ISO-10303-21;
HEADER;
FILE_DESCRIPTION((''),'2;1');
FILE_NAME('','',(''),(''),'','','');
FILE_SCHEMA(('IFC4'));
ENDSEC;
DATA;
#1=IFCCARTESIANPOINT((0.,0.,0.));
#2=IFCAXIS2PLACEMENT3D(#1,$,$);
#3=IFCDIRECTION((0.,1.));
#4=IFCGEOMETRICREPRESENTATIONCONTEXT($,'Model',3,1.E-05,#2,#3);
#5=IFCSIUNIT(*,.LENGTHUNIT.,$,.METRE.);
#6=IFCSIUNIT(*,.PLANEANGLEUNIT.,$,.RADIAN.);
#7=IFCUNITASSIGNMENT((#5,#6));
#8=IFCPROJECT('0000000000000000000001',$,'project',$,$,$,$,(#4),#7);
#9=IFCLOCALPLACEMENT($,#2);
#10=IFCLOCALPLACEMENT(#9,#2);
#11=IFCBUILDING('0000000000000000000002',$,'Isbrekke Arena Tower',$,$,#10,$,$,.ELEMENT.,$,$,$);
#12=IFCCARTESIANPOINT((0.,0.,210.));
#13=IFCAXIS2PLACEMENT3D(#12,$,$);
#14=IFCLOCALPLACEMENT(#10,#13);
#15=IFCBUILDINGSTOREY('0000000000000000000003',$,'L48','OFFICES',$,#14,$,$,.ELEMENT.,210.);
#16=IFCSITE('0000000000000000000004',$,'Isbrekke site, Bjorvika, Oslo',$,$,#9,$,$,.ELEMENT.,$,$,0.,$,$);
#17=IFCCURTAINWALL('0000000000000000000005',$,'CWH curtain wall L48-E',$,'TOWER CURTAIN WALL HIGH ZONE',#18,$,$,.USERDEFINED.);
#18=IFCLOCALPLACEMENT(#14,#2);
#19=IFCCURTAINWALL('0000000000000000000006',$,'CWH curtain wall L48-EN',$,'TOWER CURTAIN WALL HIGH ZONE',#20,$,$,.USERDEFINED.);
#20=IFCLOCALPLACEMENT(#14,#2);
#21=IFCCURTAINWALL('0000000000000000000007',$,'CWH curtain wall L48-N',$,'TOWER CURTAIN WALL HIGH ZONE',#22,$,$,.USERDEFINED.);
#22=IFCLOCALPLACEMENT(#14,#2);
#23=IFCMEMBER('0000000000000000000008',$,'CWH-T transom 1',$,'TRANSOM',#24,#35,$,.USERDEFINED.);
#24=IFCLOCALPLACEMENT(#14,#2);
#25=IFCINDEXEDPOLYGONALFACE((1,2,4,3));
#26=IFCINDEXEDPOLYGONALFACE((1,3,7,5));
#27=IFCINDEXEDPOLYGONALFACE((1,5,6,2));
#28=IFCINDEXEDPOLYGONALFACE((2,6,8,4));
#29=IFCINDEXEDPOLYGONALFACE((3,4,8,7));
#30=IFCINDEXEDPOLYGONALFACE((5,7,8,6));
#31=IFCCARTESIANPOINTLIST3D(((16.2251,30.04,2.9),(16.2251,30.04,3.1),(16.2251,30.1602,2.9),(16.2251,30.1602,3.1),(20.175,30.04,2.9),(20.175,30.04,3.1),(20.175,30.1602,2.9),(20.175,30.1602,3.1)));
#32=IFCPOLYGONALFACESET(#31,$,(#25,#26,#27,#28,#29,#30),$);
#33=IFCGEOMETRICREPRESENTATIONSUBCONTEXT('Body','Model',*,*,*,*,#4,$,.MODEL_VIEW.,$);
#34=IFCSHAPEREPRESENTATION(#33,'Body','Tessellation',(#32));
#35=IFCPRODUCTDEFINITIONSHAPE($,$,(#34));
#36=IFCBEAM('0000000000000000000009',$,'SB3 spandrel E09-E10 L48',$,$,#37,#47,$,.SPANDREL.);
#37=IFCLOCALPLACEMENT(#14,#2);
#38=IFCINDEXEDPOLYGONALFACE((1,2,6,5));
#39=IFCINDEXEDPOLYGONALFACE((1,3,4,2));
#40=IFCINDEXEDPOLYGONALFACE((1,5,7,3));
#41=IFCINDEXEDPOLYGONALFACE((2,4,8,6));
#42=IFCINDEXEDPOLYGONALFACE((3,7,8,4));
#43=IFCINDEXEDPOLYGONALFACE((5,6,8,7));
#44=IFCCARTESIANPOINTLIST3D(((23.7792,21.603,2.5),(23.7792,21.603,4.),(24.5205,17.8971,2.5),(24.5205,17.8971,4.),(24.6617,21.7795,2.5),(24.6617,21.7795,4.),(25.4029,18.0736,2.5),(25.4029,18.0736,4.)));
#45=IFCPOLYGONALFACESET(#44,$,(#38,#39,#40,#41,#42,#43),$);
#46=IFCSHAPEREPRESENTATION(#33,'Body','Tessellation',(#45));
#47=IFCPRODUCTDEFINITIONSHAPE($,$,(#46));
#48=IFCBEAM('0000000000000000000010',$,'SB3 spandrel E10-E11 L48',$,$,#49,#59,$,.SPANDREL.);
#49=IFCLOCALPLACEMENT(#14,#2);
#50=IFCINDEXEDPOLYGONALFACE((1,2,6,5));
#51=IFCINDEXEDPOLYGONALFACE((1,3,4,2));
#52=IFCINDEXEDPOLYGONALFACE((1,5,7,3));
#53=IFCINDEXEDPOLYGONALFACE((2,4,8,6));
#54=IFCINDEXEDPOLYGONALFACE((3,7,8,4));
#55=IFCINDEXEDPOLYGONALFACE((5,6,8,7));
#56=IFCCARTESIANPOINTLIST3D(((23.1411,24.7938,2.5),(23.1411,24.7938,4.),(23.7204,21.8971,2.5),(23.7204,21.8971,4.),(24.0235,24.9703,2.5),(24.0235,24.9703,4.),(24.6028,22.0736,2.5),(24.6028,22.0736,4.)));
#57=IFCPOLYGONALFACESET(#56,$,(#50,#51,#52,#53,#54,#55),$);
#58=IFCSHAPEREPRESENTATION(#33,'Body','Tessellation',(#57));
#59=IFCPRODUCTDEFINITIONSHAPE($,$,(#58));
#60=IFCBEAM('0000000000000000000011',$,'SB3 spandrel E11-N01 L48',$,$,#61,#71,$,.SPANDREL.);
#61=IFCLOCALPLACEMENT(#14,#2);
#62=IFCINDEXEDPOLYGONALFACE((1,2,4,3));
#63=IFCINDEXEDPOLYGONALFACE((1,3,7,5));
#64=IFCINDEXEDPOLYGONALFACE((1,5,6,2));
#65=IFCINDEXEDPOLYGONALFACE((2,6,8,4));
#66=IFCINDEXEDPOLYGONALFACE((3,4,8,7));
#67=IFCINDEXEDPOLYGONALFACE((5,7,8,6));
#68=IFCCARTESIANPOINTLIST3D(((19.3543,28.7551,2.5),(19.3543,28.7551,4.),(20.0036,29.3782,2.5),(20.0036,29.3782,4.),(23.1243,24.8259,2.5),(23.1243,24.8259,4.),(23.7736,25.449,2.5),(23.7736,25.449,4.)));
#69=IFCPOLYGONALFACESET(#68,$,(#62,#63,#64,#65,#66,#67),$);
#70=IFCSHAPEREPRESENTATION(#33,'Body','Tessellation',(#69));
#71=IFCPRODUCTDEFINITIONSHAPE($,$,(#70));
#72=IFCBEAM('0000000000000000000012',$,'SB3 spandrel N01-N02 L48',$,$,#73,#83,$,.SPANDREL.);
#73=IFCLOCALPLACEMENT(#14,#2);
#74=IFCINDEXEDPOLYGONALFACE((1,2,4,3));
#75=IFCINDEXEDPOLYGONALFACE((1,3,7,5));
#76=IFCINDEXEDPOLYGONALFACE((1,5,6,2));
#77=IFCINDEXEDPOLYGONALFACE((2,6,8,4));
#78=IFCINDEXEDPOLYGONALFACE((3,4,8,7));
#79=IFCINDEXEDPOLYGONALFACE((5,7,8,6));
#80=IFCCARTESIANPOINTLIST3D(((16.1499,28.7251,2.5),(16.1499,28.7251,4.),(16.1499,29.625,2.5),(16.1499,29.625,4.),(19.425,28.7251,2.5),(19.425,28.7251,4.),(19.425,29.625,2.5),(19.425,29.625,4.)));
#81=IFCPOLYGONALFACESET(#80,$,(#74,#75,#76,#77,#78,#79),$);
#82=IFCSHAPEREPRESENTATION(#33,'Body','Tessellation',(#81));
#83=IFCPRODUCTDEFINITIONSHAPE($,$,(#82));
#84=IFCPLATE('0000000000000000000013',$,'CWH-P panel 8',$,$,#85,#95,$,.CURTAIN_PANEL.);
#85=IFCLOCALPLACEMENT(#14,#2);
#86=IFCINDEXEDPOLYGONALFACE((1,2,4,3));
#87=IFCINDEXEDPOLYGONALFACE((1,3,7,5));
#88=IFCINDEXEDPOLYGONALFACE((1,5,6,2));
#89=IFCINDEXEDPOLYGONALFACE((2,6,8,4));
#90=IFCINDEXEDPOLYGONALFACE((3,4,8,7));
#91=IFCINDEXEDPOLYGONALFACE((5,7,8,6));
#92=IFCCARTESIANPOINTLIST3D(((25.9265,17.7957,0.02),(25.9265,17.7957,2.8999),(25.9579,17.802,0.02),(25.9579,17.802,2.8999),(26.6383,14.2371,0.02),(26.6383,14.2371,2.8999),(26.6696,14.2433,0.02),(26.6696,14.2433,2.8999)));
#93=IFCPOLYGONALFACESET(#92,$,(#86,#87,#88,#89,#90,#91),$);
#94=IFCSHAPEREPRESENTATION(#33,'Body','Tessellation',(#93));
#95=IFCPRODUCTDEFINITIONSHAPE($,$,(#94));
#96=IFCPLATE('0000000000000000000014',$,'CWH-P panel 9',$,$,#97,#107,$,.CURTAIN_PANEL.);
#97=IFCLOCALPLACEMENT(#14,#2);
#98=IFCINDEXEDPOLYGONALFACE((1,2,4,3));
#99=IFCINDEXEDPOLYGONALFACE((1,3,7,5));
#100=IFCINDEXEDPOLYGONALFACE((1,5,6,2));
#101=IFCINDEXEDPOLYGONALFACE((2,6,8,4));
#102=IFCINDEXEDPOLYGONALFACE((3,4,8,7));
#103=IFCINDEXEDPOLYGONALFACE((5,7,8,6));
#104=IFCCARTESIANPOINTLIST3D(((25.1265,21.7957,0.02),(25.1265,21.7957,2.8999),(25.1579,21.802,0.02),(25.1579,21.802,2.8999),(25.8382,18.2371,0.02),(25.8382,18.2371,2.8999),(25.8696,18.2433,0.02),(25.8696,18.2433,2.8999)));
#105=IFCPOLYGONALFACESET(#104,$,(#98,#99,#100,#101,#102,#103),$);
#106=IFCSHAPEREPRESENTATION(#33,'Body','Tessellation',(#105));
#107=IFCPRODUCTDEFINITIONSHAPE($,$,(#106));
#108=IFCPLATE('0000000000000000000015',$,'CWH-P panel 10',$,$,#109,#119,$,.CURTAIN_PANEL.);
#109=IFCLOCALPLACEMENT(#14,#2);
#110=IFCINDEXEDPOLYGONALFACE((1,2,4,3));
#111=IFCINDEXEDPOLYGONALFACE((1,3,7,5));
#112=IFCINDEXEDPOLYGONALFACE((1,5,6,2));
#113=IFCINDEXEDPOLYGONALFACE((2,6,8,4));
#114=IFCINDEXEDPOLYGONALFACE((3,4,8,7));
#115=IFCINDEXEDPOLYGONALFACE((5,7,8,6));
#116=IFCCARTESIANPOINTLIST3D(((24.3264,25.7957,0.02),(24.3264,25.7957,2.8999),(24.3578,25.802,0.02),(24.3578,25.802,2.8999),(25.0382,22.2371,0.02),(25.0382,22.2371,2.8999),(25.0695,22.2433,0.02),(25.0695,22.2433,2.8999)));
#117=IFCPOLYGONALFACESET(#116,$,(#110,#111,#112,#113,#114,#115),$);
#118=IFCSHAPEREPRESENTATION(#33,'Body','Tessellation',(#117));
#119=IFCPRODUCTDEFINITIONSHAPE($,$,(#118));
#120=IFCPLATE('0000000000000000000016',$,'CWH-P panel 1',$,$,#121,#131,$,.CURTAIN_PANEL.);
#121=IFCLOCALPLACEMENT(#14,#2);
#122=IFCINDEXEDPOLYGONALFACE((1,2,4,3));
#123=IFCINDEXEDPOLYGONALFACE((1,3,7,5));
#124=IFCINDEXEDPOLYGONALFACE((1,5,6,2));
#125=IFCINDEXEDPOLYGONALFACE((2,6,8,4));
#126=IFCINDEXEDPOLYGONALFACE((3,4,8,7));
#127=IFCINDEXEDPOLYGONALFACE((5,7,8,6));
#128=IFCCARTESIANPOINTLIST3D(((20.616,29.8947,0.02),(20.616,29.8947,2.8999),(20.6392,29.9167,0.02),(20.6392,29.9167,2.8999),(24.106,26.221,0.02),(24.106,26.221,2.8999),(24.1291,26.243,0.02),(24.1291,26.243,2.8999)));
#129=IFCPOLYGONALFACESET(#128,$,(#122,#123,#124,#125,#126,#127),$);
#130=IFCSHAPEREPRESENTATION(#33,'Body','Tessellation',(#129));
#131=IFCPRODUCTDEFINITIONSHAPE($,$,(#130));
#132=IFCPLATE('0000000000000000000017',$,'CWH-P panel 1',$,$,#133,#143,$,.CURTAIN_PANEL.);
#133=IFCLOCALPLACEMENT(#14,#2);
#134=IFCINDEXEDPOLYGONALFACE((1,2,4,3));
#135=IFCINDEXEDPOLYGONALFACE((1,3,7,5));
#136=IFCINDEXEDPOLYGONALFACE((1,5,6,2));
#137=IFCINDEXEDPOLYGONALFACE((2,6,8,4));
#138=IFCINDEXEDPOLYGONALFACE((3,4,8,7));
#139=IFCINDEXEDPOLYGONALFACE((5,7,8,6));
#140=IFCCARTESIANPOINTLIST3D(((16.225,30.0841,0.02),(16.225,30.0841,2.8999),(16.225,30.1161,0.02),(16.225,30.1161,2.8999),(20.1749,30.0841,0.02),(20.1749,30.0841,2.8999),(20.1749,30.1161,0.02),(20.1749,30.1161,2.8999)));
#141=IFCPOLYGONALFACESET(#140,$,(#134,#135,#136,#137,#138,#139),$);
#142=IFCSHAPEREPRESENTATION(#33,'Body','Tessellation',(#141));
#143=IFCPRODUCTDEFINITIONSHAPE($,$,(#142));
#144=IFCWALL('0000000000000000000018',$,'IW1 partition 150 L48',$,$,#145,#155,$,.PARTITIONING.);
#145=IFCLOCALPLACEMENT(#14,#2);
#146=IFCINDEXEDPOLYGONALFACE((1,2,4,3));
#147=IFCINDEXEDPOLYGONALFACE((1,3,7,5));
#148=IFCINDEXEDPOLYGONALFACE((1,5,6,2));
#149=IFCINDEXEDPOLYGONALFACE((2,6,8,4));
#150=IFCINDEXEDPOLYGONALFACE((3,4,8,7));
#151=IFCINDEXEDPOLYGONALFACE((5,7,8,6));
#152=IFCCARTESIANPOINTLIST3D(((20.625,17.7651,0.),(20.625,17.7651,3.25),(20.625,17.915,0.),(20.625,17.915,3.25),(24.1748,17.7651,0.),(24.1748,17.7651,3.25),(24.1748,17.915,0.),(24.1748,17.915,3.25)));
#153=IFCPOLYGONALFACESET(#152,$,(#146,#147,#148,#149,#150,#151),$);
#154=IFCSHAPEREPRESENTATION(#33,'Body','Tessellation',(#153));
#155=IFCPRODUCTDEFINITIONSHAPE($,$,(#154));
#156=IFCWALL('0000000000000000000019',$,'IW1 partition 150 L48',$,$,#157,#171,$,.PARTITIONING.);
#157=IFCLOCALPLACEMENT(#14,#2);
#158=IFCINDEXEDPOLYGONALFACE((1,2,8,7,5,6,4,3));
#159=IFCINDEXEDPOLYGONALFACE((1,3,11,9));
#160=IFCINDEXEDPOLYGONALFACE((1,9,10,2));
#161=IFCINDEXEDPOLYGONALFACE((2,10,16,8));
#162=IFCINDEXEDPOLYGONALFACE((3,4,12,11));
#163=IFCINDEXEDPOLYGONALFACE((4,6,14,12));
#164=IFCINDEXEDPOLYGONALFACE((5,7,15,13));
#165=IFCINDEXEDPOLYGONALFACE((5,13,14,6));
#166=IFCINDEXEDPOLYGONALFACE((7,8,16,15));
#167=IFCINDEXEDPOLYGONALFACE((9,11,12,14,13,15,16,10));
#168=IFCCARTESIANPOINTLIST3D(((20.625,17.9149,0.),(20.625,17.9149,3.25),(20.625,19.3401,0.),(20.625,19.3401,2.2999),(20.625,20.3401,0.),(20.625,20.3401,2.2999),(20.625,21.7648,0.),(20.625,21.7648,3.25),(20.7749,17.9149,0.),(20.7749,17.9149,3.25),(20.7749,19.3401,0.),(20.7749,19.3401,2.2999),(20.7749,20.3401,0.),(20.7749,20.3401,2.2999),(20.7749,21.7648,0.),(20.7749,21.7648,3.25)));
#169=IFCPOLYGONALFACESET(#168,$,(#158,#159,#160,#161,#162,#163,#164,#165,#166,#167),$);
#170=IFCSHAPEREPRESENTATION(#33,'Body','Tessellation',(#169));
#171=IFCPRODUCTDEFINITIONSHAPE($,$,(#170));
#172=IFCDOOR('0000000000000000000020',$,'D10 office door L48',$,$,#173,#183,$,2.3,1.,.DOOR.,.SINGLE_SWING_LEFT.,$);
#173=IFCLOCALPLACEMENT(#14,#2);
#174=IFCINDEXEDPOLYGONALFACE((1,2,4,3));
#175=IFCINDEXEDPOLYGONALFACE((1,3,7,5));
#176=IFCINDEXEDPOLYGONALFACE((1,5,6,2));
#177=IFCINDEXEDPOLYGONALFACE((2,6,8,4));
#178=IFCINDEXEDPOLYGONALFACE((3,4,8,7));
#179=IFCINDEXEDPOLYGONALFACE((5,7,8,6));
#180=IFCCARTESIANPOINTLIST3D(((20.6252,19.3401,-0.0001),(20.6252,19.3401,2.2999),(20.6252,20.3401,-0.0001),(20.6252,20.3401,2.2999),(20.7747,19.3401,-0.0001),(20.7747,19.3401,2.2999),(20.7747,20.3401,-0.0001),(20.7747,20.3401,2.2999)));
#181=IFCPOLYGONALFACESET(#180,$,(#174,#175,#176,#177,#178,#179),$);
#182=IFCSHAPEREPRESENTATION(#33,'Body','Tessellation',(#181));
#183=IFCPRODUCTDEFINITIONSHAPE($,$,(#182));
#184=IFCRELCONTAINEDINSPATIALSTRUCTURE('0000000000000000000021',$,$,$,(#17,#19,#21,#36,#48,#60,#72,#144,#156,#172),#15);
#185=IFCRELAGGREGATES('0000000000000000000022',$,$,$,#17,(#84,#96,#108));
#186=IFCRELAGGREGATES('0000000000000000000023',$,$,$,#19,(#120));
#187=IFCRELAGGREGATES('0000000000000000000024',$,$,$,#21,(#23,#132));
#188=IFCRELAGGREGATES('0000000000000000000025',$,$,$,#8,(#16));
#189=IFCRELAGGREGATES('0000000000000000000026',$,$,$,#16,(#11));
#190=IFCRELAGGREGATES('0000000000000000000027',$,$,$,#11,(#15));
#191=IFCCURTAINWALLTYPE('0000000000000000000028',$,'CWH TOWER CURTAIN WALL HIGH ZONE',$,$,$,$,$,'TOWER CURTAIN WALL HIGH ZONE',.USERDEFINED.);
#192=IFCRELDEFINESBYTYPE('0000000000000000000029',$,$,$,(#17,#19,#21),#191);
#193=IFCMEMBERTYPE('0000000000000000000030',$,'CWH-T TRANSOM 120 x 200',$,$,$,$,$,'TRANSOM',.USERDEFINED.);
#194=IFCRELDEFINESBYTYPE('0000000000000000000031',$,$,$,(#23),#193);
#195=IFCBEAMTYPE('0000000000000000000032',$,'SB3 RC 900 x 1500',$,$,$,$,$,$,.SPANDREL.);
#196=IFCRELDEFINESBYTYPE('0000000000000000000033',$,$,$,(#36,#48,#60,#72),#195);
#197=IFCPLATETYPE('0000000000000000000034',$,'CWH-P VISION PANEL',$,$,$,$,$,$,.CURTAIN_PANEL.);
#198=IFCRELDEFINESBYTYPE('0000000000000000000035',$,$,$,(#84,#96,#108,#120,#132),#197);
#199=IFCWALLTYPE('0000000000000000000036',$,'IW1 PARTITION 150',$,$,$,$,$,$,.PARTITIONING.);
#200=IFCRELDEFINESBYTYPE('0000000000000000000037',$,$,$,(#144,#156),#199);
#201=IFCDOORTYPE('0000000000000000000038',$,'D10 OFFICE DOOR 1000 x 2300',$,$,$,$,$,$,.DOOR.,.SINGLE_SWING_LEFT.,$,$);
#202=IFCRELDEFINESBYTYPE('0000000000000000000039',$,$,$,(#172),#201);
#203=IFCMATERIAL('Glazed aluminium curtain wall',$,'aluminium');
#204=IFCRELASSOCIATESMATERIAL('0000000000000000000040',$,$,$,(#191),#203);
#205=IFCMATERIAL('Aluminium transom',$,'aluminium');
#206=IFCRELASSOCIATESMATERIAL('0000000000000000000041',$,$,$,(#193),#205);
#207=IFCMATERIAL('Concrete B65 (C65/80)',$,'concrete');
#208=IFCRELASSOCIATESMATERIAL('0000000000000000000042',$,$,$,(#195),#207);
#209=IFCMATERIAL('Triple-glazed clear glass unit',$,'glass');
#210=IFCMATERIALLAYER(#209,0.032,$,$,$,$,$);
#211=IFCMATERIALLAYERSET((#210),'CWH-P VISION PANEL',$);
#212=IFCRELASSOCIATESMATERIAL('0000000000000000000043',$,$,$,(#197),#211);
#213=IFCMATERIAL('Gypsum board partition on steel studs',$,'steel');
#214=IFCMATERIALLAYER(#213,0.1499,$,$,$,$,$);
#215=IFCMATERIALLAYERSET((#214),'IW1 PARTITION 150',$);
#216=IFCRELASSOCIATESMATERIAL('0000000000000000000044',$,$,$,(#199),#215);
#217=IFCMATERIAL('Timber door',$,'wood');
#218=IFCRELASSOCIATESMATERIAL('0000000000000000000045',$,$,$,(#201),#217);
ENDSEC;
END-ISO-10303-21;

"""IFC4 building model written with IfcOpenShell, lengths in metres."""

from ifc_helpers import new_model, si_unit, direction, frame, frame_2d, origin, origin_2d, place, context, subcontext, project, spatial, rectangle, extrude, material, layer, layer_set, material_profile, profile_set, type_object, element, fill, aggregate, save


model = new_model("IFC4")

# Units and contexts
model_context = context("Model", 3, precision=1e-05, world=origin(), true_north=direction((0.0, 1.0)))
body_context = subcontext(model_context, "Body", "Model", "MODEL_VIEW")
ifc_project = project(units=[si_unit("LENGTHUNIT", "METRE"), si_unit("PLANEANGLEUNIT", "RADIAN")], contexts=[model_context])

# Site, building, storey
site_placement = place(None, origin())
site = spatial("IfcSite", under=ifc_project, at=site_placement, Name="Isbrekke site, Bjorvika, Oslo", CompositionType="ELEMENT", RefElevation=0.0)
building_placement = place(site_placement, origin())
building = spatial("IfcBuilding", under=site, at=building_placement, Name="Isbrekke Arena Tower", CompositionType="ELEMENT")
storey_placement = place(building_placement, frame((0.0, 0.0, 210.0)))
storey = spatial("IfcBuildingStorey", under=building, at=storey_placement, Name="L48", Description="OFFICES", CompositionType="ELEMENT", Elevation=210.0)

# Curtain wall
ifc_material_1 = material(Name="Glazed aluminium curtain wall", Category="aluminium")
curtain_wall_type = type_object("IfcCurtainWallType", Name="CWH TOWER CURTAIN WALL HIGH ZONE", ElementType="TOWER CURTAIN WALL HIGH ZONE", PredefinedType="USERDEFINED", material=ifc_material_1)
curtain_wall_1_placement = place(storey_placement, origin())
curtain_wall_1 = element("IfcCurtainWall", 1, at=curtain_wall_1_placement, inside=storey, type_object=curtain_wall_type, Name="CWH curtain wall L48-E", ObjectType="TOWER CURTAIN WALL HIGH ZONE", PredefinedType="USERDEFINED")

# Curtain wall
curtain_wall_2_placement = place(storey_placement, origin())
curtain_wall_2 = element("IfcCurtainWall", 2, at=curtain_wall_2_placement, inside=storey, type_object=curtain_wall_type, Name="CWH curtain wall L48-EN", ObjectType="TOWER CURTAIN WALL HIGH ZONE", PredefinedType="USERDEFINED")

# Shared definitions
ifc_material_2 = material(Name="Aluminium transom", Category="aluminium")
ifc_material_profile_1 = material_profile(ifc_material_2, rectangle(XDim=0.1201, YDim=0.2, at=origin_2d()), Name="TRANSOM 120X200")
ifc_profile_set_1 = profile_set([ifc_material_profile_1], Name="Aluminium transom")
member_type_1 = type_object("IfcMemberType", Name="CWH-T TRANSOM 120 x 200", ElementType="TRANSOM", PredefinedType="USERDEFINED", material=ifc_profile_set_1)

# Curtain wall, member
curtain_wall_3_placement = place(storey_placement, origin())
curtain_wall_3 = element("IfcCurtainWall", 3, at=curtain_wall_3_placement, inside=storey, type_object=curtain_wall_type, Name="CWH curtain wall L48-N", ObjectType="TOWER CURTAIN WALL HIGH ZONE", PredefinedType="USERDEFINED")
member_1_placement = place(storey_placement, frame((20.175, 30.1001, 3.0), z_axis=(-1.0, 0.0, 0.0), x_axis=(0.0, -1.0, 0.0)))
member_1 = element("IfcMember", 4, at=member_1_placement, type_object=member_type_1, Name="CWH-T transom 1", ObjectType="TRANSOM", PredefinedType="USERDEFINED", context=body_context, shape_type="SweptSolid", body=[
    extrude(rectangle(XDim=0.1201, YDim=0.2, at=origin_2d()), origin(), (0.0, 0.0, 1.0), 3.95),
])

# Beams
ifc_material_3 = material(Name="Concrete B65 (C65/80)", Category="concrete")
ifc_material_profile_2 = material_profile(ifc_material_3, rectangle(XDim=0.8999, YDim=1.5, at=origin_2d()), Name="RC 900x1500")
ifc_profile_set_2 = profile_set([ifc_material_profile_2], Name="Concrete B65 (C65/80)")
beam_type_1 = type_object("IfcBeamType", Name="SB3 RC 900 x 1500", PredefinedType="SPANDREL", material=ifc_profile_set_2)
beam_1_placement = place(storey_placement, frame((24.9617, 17.9854, 3.25), z_axis=(-0.196129, 0.980578, 0.0), x_axis=(-0.980578, -0.196129, 0.0)))
element("IfcBeam", 5, at=beam_1_placement, inside=storey, type_object=beam_type_1, Name="SB3 spandrel E09-E10 L48", PredefinedType="SPANDREL", context=body_context, shape_type="SweptSolid", body=[
    extrude(rectangle(XDim=0.8999, YDim=1.5, at=origin_2d()), origin(), (0.0, 0.0, 1.0), 3.7793),
])
beam_2_placement = place(storey_placement, frame((24.1616, 21.9854, 3.25), z_axis=(-0.196116, 0.980581, 0.0), x_axis=(-0.980581, -0.196116, 0.0)))
element("IfcBeam", 6, at=beam_2_placement, inside=storey, type_object=beam_type_1, Name="SB3 spandrel E10-E11 L48", PredefinedType="SPANDREL", context=body_context, shape_type="SweptSolid", body=[
    extrude(rectangle(XDim=0.8999, YDim=1.5, at=origin_2d()), origin(), (0.0, 0.0, 1.0), 2.9541),
])
beam_3_placement = place(storey_placement, frame((23.449, 25.1375, 3.25), z_axis=(-0.69234, 0.721572, 0.0), x_axis=(-0.721572, -0.69234, 0.0)))
element("IfcBeam", 7, at=beam_3_placement, inside=storey, type_object=beam_type_1, Name="SB3 spandrel E11-N01 L48", PredefinedType="SPANDREL", context=body_context, shape_type="SweptSolid", body=[
    extrude(rectangle(XDim=0.8999, YDim=1.5, at=origin_2d()), origin(), (0.0, 0.0, 1.0), 5.4453),
])
beam_4_placement = place(storey_placement, frame((19.425, 29.175, 3.25), z_axis=(-1.0, 0.0, 0.0), x_axis=(0.0, -1.0, 0.0)))
element("IfcBeam", 8, at=beam_4_placement, inside=storey, type_object=beam_type_1, Name="SB3 spandrel N01-N02 L48", PredefinedType="SPANDREL", context=body_context, shape_type="SweptSolid", body=[
    extrude(rectangle(XDim=0.8999, YDim=1.5, at=origin_2d()), origin(), (0.0, 0.0, 1.0), 3.2751),
])

# Plates
ifc_material_4 = material(Name="Triple-glazed clear glass unit", Category="glass")
ifc_layer_1 = layer(ifc_material_4, 0.032)
ifc_layer_set_1 = layer_set([ifc_layer_1], Name="CWH-P VISION PANEL")
plate_type = type_object("IfcPlateType", Name="CWH-P VISION PANEL", PredefinedType="CURTAIN_PANEL", material=ifc_layer_set_1)
plate_1_placement = place(storey_placement, frame((26.2981, 16.0195, 0.02), z_axis=(0.0, 0.0, 1.0), x_axis=(-0.196116, 0.980581, 0.0)))
plate_1 = element("IfcPlate", 9, at=plate_1_placement, type_object=plate_type, Name="CWH-P panel 8", PredefinedType="CURTAIN_PANEL", context=body_context, shape_type="SweptSolid", body=[
    extrude(rectangle(XDim=3.6292, YDim=0.032, at=origin_2d()), origin(), (0.0, 0.0, 1.0), 2.8799),
])
plate_2_placement = place(storey_placement, frame((25.498, 20.0195, 0.02), z_axis=(0.0, 0.0, 1.0), x_axis=(-0.196116, 0.980581, 0.0)))
plate_2 = element("IfcPlate", 10, at=plate_2_placement, type_object=plate_type, Name="CWH-P panel 9", PredefinedType="CURTAIN_PANEL", context=body_context, shape_type="SweptSolid", body=[
    extrude(rectangle(XDim=3.6292, YDim=0.032, at=origin_2d()), origin(), (0.0, 0.0, 1.0), 2.8799),
])
plate_3_placement = place(storey_placement, frame((24.698, 24.0195, 0.02), z_axis=(0.0, 0.0, 1.0), x_axis=(-0.196116, 0.980581, 0.0)))
plate_3 = element("IfcPlate", 11, at=plate_3_placement, type_object=plate_type, Name="CWH-P panel 10", PredefinedType="CURTAIN_PANEL", context=body_context, shape_type="SweptSolid", body=[
    extrude(rectangle(XDim=3.6292, YDim=0.032, at=origin_2d()), origin(), (0.0, 0.0, 1.0), 2.8799),
])
aggregate(curtain_wall_1, [plate_1, plate_2, plate_3])
plate_4_placement = place(storey_placement, frame((22.3726, 28.0688, 0.02), z_axis=(0.0, 0.0, 1.0), x_axis=(-0.688749, 0.724999, 0.0)))
plate_4 = element("IfcPlate", 12, at=plate_4_placement, type_object=plate_type, Name="CWH-P panel 1", PredefinedType="CURTAIN_PANEL", context=body_context, shape_type="SweptSolid", body=[
    extrude(rectangle(XDim=5.0671, YDim=0.032, at=origin_2d()), origin(), (0.0, 0.0, 1.0), 2.8799),
])
aggregate(curtain_wall_2, [plate_4])
plate_5_placement = place(storey_placement, frame((18.2, 30.1001, 0.02), z_axis=(0.0, 0.0, 1.0), x_axis=(-1.0, 0.0, 0.0)))
plate_5 = element("IfcPlate", 13, at=plate_5_placement, type_object=plate_type, Name="CWH-P panel 1", PredefinedType="CURTAIN_PANEL", context=body_context, shape_type="SweptSolid", body=[
    extrude(rectangle(XDim=3.95, YDim=0.032, at=origin_2d()), origin(), (0.0, 0.0, 1.0), 2.8799),
])
aggregate(curtain_wall_3, [member_1, plate_5])

# Wall
ifc_material_5 = material(Name="Gypsum board partition on steel studs", Category="steel")
ifc_layer_2 = layer(ifc_material_5, 0.1499)
ifc_layer_set_2 = layer_set([ifc_layer_2], Name="IW1 PARTITION 150")
wall_type = type_object("IfcWallType", Name="IW1 PARTITION 150", PredefinedType="PARTITIONING", material=ifc_layer_set_2)
wall_1_placement = place(storey_placement, frame((20.625, 17.8401, 0.0), z_axis=(0.0, 0.0, 1.0), x_axis=(1.0, 0.0, 0.0)))
element("IfcWall", 14, at=wall_1_placement, inside=storey, type_object=wall_type, Name="IW1 partition 150 L48", PredefinedType="PARTITIONING", context=body_context, shape_type="SweptSolid", body=[
    extrude(rectangle(XDim=3.5498, YDim=0.1499, at=frame_2d((1.7749, 0.0))), origin(), (0.0, 0.0, 1.0), 3.25),
])

# Wall, opening, door
wall_2_placement = place(storey_placement, frame((20.7, 17.915, 0.0), z_axis=(0.0, 0.0, 1.0), x_axis=(0.0, 1.0, 0.0)))
wall_2 = element("IfcWall", 15, at=wall_2_placement, inside=storey, type_object=wall_type, Name="IW1 partition 150 L48", PredefinedType="PARTITIONING", context=body_context, shape_type="SweptSolid", body=[
    extrude(rectangle(XDim=3.8499, YDim=0.1499, at=frame_2d((1.9248, 0.0))), origin(), (0.0, 0.0, 1.0), 3.25),
])
opening_placement = place(wall_2_placement, frame((1.425, 0.0, 0.0)))
opening = element("IfcOpeningElement", 16, at=opening_placement, cuts=wall_2, PredefinedType="OPENING", context=body_context, shape_type="SweptSolid", body=[
    extrude(rectangle(XDim=1.0, YDim=2.3, at=frame_2d((0.5, 1.1499))), frame((0.0, 0.0898, 0.0), z_axis=(0.0, -1.0, 0.0), x_axis=(1.0, 0.0, 0.0)), (0.0, 0.0, 1.0), 0.1797),
])
ifc_material_6 = material(Name="Timber door", Category="wood")
door_type = type_object("IfcDoorType", Name="D10 OFFICE DOOR 1000 x 2300", OperationType="SINGLE_SWING_LEFT", PredefinedType="DOOR", material=ifc_material_6)
door_placement = place(opening_placement, origin())
door = element("IfcDoor", 17, at=door_placement, inside=storey, type_object=door_type, Name="D10 office door L48", OperationType="SINGLE_SWING_LEFT", OverallHeight=2.3, OverallWidth=1.0, PredefinedType="DOOR", context=body_context, shape_type="SweptSolid", body=[
    extrude(rectangle(XDim=1.0, YDim=2.3, at=frame_2d((0.5, 1.1499))), frame((0.0, 0.0747, 0.0), z_axis=(0.0, -1.0, 0.0), x_axis=(1.0, 0.0, 0.0)), (0.0, 0.0, 1.0), 0.1494),
])
fill(opening, door)

save(model, "model.ifc")
